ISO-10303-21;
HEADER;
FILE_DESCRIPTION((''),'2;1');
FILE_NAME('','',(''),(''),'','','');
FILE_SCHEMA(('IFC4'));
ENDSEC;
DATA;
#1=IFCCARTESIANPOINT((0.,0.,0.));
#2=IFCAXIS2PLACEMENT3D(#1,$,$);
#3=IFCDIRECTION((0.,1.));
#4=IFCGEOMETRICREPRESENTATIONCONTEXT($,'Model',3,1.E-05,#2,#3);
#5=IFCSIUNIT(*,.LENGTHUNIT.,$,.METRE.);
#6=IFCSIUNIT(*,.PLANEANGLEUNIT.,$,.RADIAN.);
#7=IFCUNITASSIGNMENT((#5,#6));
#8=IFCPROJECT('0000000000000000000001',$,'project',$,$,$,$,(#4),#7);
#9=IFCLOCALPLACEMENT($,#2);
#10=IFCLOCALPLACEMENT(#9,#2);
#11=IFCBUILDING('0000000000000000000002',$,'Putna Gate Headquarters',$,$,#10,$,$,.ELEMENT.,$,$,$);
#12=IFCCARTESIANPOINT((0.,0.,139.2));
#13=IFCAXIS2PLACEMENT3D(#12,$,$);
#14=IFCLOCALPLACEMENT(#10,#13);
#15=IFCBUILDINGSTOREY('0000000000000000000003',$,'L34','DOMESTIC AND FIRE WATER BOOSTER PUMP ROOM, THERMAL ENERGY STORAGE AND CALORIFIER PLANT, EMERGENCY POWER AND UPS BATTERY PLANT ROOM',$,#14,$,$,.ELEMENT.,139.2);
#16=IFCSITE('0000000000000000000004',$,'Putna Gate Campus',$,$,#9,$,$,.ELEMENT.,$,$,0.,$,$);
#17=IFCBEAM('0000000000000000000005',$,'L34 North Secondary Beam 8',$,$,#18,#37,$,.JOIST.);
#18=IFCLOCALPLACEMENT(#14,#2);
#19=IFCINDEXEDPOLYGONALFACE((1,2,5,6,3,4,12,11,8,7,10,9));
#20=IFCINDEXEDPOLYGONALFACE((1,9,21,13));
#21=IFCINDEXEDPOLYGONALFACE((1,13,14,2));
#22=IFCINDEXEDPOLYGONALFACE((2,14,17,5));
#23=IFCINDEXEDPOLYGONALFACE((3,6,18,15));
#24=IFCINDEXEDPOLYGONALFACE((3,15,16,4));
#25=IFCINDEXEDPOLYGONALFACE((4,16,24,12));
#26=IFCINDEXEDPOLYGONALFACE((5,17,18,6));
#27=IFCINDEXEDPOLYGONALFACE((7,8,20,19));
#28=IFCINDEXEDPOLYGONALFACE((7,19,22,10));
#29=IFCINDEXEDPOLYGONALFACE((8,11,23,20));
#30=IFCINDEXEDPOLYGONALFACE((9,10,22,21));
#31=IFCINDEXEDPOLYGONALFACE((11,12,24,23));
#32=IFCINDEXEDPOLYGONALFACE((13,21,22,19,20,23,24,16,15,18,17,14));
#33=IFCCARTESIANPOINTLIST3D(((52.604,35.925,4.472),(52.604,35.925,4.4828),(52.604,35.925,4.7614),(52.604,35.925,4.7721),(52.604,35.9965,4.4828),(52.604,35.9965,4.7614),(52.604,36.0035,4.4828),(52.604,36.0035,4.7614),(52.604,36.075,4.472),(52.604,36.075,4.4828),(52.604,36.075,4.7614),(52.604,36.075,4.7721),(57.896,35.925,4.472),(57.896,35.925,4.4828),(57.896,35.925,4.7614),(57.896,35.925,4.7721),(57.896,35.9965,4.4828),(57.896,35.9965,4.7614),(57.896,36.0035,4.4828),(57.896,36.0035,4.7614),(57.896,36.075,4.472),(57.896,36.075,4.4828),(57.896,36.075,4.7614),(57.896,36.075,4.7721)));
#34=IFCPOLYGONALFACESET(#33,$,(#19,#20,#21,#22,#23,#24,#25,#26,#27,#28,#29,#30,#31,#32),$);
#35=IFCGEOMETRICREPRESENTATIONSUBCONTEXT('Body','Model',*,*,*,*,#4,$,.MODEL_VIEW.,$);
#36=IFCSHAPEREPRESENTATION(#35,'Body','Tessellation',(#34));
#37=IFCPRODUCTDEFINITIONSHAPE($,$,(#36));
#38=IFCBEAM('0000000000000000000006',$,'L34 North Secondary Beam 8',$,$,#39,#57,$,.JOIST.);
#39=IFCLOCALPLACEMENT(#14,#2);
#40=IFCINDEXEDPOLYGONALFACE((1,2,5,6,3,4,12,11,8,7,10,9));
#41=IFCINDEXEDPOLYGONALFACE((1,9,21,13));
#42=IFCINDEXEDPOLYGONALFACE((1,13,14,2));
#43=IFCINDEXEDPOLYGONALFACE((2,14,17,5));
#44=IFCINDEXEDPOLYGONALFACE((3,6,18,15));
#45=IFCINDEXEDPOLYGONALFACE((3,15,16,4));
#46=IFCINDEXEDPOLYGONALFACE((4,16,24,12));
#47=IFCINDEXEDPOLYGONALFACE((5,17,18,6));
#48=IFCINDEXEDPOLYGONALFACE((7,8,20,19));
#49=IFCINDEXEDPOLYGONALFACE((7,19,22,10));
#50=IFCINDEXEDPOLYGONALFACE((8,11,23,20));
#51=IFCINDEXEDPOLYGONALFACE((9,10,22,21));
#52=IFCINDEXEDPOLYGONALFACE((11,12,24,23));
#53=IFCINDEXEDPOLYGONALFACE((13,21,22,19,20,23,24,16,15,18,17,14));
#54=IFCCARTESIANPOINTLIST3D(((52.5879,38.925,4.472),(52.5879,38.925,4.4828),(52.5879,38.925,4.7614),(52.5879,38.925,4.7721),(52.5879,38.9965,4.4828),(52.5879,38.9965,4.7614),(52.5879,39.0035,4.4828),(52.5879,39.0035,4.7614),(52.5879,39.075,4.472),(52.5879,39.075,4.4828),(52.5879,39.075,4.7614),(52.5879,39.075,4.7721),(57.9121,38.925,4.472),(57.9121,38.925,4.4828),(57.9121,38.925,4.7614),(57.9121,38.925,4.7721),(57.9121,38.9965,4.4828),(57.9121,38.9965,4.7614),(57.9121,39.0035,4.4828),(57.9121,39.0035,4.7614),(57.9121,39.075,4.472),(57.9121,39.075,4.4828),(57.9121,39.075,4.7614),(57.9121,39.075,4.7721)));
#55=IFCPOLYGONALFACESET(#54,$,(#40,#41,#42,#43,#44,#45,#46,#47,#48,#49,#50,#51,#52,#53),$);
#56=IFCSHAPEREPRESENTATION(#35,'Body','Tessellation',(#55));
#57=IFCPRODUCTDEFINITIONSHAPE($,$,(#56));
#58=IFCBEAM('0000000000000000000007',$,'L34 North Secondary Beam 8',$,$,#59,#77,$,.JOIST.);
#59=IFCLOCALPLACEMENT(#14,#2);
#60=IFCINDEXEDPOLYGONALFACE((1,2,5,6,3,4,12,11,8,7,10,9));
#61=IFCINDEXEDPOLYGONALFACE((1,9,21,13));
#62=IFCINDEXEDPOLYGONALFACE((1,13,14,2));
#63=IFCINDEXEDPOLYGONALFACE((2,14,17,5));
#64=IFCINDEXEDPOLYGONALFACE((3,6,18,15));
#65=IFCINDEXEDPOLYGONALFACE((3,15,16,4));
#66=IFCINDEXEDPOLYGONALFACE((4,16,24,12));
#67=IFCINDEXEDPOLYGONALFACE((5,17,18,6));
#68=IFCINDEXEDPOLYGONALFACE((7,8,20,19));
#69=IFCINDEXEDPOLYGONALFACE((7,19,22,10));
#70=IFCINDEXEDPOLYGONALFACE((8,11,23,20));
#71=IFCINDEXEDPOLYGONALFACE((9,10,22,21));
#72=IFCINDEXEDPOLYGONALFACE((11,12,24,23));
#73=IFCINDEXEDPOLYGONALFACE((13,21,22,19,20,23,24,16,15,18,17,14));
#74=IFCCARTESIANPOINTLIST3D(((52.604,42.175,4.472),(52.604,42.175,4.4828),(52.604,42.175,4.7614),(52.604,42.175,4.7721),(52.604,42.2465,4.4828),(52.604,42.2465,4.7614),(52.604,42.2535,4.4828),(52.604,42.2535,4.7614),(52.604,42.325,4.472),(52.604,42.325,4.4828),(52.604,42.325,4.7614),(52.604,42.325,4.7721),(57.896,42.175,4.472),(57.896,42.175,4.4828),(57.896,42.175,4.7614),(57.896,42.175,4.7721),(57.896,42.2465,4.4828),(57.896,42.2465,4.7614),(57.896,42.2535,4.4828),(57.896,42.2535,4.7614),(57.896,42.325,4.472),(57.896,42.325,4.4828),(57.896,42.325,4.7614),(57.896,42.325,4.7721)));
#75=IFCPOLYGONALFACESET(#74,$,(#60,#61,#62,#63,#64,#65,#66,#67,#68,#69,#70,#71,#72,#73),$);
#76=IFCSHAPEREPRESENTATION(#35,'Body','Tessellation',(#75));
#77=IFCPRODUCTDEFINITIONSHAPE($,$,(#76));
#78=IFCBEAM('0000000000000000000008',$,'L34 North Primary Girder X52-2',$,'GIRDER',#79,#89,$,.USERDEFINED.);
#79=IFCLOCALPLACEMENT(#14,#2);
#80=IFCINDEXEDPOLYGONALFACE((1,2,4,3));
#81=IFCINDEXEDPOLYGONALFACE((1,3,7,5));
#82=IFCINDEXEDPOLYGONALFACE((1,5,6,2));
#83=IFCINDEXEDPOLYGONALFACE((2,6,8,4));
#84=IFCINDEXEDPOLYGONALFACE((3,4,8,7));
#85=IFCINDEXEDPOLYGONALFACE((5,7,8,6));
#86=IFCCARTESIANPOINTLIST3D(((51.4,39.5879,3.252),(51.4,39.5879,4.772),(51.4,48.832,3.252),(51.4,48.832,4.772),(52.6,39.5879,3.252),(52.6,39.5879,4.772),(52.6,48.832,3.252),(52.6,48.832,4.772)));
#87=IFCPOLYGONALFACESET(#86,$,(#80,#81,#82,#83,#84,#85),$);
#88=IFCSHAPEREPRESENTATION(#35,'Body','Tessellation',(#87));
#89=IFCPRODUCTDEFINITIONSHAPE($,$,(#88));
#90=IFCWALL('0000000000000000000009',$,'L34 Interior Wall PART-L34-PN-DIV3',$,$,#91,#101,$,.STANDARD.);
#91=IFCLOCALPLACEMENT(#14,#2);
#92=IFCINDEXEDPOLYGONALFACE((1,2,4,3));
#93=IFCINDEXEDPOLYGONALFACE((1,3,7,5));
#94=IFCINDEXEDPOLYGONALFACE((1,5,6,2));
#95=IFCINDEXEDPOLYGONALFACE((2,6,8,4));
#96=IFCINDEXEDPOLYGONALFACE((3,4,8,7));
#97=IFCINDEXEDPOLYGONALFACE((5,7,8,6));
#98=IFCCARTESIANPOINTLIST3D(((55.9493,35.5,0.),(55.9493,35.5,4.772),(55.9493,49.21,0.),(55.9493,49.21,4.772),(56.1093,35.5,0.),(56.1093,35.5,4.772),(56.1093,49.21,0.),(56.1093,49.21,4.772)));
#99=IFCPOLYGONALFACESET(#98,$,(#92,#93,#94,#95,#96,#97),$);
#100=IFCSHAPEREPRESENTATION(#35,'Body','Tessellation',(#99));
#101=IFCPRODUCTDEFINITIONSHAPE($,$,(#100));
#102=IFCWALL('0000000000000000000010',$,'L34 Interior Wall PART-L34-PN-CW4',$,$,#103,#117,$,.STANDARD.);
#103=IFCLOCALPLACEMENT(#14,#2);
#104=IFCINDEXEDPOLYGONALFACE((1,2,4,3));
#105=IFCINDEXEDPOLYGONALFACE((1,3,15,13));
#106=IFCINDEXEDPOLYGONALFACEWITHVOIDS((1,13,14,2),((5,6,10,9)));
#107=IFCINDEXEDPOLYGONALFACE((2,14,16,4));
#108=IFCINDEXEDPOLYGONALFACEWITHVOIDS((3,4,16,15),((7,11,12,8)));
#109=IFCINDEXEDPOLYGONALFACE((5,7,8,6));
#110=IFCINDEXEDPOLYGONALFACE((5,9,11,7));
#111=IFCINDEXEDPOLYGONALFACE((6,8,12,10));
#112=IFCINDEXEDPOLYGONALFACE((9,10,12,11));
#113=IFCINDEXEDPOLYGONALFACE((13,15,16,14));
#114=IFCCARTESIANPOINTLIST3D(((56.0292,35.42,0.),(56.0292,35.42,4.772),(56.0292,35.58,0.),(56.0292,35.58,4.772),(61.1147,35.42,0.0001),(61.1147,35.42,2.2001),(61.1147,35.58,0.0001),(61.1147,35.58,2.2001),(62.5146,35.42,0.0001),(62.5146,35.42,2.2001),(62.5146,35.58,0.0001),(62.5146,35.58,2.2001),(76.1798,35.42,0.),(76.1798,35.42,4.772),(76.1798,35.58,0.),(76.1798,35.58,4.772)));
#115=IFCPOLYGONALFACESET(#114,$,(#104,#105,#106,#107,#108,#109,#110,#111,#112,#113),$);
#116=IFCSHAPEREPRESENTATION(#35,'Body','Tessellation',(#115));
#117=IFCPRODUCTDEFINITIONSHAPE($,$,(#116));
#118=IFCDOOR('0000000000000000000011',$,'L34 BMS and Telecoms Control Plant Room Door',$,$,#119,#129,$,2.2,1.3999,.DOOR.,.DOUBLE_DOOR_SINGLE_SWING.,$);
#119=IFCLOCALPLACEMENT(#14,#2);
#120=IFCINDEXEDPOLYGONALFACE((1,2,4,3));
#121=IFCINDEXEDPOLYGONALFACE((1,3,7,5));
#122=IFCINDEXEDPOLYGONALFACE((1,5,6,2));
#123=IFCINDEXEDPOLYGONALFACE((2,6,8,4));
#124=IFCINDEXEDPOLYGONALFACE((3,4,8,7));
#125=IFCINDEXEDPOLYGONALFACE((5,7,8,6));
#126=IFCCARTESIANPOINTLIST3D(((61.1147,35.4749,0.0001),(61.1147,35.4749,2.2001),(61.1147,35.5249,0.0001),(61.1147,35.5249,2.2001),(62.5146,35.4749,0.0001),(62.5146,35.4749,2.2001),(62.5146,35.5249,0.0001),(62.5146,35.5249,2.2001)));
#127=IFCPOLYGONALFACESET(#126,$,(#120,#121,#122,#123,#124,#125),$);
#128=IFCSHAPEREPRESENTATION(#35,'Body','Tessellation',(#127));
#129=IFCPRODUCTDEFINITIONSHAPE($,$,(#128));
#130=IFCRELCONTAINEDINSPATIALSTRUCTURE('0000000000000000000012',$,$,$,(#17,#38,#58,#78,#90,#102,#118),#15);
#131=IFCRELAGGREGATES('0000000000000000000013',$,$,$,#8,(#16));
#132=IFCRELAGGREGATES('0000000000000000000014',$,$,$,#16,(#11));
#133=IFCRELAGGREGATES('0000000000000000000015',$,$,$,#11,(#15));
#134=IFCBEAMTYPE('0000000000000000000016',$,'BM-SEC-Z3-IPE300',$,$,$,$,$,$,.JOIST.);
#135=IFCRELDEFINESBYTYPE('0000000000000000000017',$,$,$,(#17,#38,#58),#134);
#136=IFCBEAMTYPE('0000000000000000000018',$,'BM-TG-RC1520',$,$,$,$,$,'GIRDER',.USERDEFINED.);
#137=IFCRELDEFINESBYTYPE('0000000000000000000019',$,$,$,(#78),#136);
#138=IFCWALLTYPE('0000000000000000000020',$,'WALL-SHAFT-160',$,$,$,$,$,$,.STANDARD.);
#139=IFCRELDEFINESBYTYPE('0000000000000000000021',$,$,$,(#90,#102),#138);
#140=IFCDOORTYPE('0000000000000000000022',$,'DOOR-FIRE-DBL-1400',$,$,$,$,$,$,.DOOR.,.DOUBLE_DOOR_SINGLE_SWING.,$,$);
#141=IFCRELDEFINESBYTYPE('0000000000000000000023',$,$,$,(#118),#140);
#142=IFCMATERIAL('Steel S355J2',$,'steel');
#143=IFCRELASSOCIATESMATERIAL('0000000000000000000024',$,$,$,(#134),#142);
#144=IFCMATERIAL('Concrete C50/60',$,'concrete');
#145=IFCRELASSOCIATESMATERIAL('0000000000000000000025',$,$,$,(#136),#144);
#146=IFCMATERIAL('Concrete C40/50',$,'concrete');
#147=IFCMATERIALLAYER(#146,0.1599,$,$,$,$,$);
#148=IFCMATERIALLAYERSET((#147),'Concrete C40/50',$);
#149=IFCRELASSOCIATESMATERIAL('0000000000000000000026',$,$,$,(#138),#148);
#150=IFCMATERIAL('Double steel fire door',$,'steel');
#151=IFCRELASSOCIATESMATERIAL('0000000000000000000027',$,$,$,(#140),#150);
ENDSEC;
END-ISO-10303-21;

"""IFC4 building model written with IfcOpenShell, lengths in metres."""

from ifc_helpers import new_model, si_unit, direction, frame, frame_2d, origin, origin_2d, place, context, subcontext, project, spatial, rectangle, i_section, extrude, material, layer, layer_set, material_profile, profile_set, type_object, element, fill, save


model = new_model("IFC4")

# Units and contexts
model_context = context("Model", 3, precision=1e-05, world=origin(), true_north=direction((0.0, 1.0)))
body_context = subcontext(model_context, "Body", "Model", "MODEL_VIEW")
ifc_project = project(units=[si_unit("LENGTHUNIT", "METRE"), si_unit("PLANEANGLEUNIT", "RADIAN")], contexts=[model_context])

# Site, building, storey
site_placement = place(None, origin())
site = spatial("IfcSite", under=ifc_project, at=site_placement, Name="Putna Gate Campus", CompositionType="ELEMENT", RefElevation=0.0)
building_placement = place(site_placement, origin())
building = spatial("IfcBuilding", under=site, at=building_placement, Name="Putna Gate Headquarters", CompositionType="ELEMENT")
storey_placement = place(building_placement, frame((0.0, 0.0, 139.2)))
storey = spatial("IfcBuildingStorey", under=building, at=storey_placement, Name="L34", Description="DOMESTIC AND FIRE WATER BOOSTER PUMP ROOM, THERMAL ENERGY STORAGE AND CALORIFIER PLANT, EMERGENCY POWER AND UPS BATTERY PLANT ROOM", CompositionType="ELEMENT", Elevation=139.2)

# Beams
ifc_material_1 = material(Name="Steel S355J2", Category="steel")
ifc_material_profile_1 = material_profile(ifc_material_1, i_section(OverallWidth=0.1499, OverallDepth=0.3, WebThickness=0.0071, FlangeThickness=0.0107, at=origin_2d()), Name="Steel S355J2")
ifc_profile_set_1 = profile_set([ifc_material_profile_1], Name="Steel S355J2")
beam_type_1 = type_object("IfcBeamType", Name="BM-SEC-Z3-IPE300", PredefinedType="JOIST", material=ifc_profile_set_1)
for number, where, z_axis, x_axis, name in (
    (1, (52.604, 36.0, 4.6221), (1.0, 0.0, 0.0), (0.0, 1.0, 0.0), "L34 North Secondary Beam 8"),
):
    element("IfcBeam", number, at=place(storey_placement, frame(where, z_axis=z_axis, x_axis=x_axis)), inside=storey, type_object=beam_type_1, Name=name, PredefinedType="JOIST", context=body_context, shape_type="SweptSolid", body=[
        extrude(i_section(OverallWidth=0.1499, OverallDepth=0.3, WebThickness=0.0071, FlangeThickness=0.0107, at=origin_2d()), origin(), (0.0, 0.0, 1.0), 5.292),
    ])
beam_1_placement = place(storey_placement, frame((52.5879, 39.0, 4.6221), z_axis=(1.0, 0.0, 0.0), x_axis=(0.0, 1.0, 0.0)))
element("IfcBeam", 2, at=beam_1_placement, inside=storey, type_object=beam_type_1, Name="L34 North Secondary Beam 8", PredefinedType="JOIST", context=body_context, shape_type="SweptSolid", body=[
    extrude(i_section(OverallWidth=0.1499, OverallDepth=0.3, WebThickness=0.0071, FlangeThickness=0.0107, at=origin_2d()), origin(), (0.0, 0.0, 1.0), 5.3242),
])
beam_2_placement = place(storey_placement, frame((52.604, 42.25, 4.6221), z_axis=(1.0, 0.0, 0.0), x_axis=(0.0, 1.0, 0.0)))
element("IfcBeam", 3, at=beam_2_placement, inside=storey, type_object=beam_type_1, Name="L34 North Secondary Beam 8", PredefinedType="JOIST", context=body_context, shape_type="SweptSolid", body=[
    extrude(i_section(OverallWidth=0.1499, OverallDepth=0.3, WebThickness=0.0071, FlangeThickness=0.0107, at=origin_2d()), origin(), (0.0, 0.0, 1.0), 5.292),
])
ifc_material_2 = material(Name="Concrete C50/60", Category="concrete")
ifc_material_profile_2 = material_profile(ifc_material_2, rectangle(XDim=1.2, YDim=1.52, at=origin_2d()), Name="Concrete C50/60")
ifc_profile_set_2 = profile_set([ifc_material_profile_2], Name="Concrete C50/60")
beam_type_2 = type_object("IfcBeamType", Name="BM-TG-RC1520", ElementType="GIRDER", PredefinedType="USERDEFINED", material=ifc_profile_set_2)
beam_3_placement = place(storey_placement, frame((52.0, 39.5879, 4.012), z_axis=(0.0, 1.0, 0.0), x_axis=(-1.0, 0.0, 0.0)))
element("IfcBeam", 4, at=beam_3_placement, inside=storey, type_object=beam_type_2, Name="L34 North Primary Girder X52-2", ObjectType="GIRDER", PredefinedType="USERDEFINED", context=body_context, shape_type="SweptSolid", body=[
    extrude(rectangle(XDim=1.2, YDim=1.52, at=origin_2d()), origin(), (0.0, 0.0, 1.0), 9.2441),
])

# Wall
ifc_material_3 = material(Name="Concrete C40/50", Category="concrete")
ifc_layer = layer(ifc_material_3, 0.1599)
ifc_layer_set = layer_set([ifc_layer], Name="Concrete C40/50")
wall_type = type_object("IfcWallType", Name="WALL-SHAFT-160", PredefinedType="STANDARD", material=ifc_layer_set)
wall_1_placement = place(storey_placement, frame((56.0293, 35.5, 0.0), z_axis=(0.0, 0.0, 1.0), x_axis=(0.0, 1.0, 0.0)))
element("IfcWall", 5, at=wall_1_placement, inside=storey, type_object=wall_type, Name="L34 Interior Wall PART-L34-PN-DIV3", PredefinedType="STANDARD", context=body_context, shape_type="SweptSolid", body=[
    extrude(rectangle(XDim=13.71, YDim=0.1599, at=frame_2d((6.855, 0.0))), origin(), (0.0, 0.0, 1.0), 4.772),
])

# Wall, opening, door
wall_2_placement = place(storey_placement, frame((56.0293, 35.5, 0.0), z_axis=(0.0, 0.0, 1.0), x_axis=(1.0, 0.0, 0.0)))
wall_2 = element("IfcWall", 6, at=wall_2_placement, inside=storey, type_object=wall_type, Name="L34 Interior Wall PART-L34-PN-CW4", PredefinedType="STANDARD", context=body_context, shape_type="SweptSolid", body=[
    extrude(rectangle(XDim=20.1506, YDim=0.1599, at=frame_2d((10.0752, 0.0))), origin(), (0.0, 0.0, 1.0), 4.772),
])
opening_placement = place(wall_2_placement, frame((5.0854, 0.0, 0.0)))
opening = element("IfcOpeningElement", 7, at=opening_placement, cuts=wall_2, PredefinedType="OPENING", context=body_context, shape_type="SweptSolid", body=[
    extrude(rectangle(XDim=1.3999, YDim=2.2, at=frame_2d((0.7, 1.1001))), frame((0.0, 0.0898, 0.0), z_axis=(0.0, -1.0, 0.0), x_axis=(1.0, 0.0, 0.0)), (0.0, 0.0, 1.0), 0.1799),
])
ifc_material_4 = material(Name="Double steel fire door", Category="steel")
door_type = type_object("IfcDoorType", Name="DOOR-FIRE-DBL-1400", OperationType="DOUBLE_DOOR_SINGLE_SWING", PredefinedType="DOOR", material=ifc_material_4)
door_placement = place(opening_placement, origin())
door = element("IfcDoor", 8, at=door_placement, inside=storey, type_object=door_type, Name="L34 BMS and Telecoms Control Plant Room Door", OperationType="DOUBLE_DOOR_SINGLE_SWING", OverallHeight=2.2, OverallWidth=1.3999, PredefinedType="DOOR", context=body_context, shape_type="SweptSolid", body=[
    extrude(rectangle(XDim=1.3999, YDim=2.2, at=frame_2d((0.7, 1.1001))), frame((0.0, 0.0249, 0.0), z_axis=(0.0, -1.0, 0.0), x_axis=(1.0, 0.0, 0.0)), (0.0, 0.0, 1.0), 0.05),
])
fill(opening, door)

save(model, "model.ifc")
